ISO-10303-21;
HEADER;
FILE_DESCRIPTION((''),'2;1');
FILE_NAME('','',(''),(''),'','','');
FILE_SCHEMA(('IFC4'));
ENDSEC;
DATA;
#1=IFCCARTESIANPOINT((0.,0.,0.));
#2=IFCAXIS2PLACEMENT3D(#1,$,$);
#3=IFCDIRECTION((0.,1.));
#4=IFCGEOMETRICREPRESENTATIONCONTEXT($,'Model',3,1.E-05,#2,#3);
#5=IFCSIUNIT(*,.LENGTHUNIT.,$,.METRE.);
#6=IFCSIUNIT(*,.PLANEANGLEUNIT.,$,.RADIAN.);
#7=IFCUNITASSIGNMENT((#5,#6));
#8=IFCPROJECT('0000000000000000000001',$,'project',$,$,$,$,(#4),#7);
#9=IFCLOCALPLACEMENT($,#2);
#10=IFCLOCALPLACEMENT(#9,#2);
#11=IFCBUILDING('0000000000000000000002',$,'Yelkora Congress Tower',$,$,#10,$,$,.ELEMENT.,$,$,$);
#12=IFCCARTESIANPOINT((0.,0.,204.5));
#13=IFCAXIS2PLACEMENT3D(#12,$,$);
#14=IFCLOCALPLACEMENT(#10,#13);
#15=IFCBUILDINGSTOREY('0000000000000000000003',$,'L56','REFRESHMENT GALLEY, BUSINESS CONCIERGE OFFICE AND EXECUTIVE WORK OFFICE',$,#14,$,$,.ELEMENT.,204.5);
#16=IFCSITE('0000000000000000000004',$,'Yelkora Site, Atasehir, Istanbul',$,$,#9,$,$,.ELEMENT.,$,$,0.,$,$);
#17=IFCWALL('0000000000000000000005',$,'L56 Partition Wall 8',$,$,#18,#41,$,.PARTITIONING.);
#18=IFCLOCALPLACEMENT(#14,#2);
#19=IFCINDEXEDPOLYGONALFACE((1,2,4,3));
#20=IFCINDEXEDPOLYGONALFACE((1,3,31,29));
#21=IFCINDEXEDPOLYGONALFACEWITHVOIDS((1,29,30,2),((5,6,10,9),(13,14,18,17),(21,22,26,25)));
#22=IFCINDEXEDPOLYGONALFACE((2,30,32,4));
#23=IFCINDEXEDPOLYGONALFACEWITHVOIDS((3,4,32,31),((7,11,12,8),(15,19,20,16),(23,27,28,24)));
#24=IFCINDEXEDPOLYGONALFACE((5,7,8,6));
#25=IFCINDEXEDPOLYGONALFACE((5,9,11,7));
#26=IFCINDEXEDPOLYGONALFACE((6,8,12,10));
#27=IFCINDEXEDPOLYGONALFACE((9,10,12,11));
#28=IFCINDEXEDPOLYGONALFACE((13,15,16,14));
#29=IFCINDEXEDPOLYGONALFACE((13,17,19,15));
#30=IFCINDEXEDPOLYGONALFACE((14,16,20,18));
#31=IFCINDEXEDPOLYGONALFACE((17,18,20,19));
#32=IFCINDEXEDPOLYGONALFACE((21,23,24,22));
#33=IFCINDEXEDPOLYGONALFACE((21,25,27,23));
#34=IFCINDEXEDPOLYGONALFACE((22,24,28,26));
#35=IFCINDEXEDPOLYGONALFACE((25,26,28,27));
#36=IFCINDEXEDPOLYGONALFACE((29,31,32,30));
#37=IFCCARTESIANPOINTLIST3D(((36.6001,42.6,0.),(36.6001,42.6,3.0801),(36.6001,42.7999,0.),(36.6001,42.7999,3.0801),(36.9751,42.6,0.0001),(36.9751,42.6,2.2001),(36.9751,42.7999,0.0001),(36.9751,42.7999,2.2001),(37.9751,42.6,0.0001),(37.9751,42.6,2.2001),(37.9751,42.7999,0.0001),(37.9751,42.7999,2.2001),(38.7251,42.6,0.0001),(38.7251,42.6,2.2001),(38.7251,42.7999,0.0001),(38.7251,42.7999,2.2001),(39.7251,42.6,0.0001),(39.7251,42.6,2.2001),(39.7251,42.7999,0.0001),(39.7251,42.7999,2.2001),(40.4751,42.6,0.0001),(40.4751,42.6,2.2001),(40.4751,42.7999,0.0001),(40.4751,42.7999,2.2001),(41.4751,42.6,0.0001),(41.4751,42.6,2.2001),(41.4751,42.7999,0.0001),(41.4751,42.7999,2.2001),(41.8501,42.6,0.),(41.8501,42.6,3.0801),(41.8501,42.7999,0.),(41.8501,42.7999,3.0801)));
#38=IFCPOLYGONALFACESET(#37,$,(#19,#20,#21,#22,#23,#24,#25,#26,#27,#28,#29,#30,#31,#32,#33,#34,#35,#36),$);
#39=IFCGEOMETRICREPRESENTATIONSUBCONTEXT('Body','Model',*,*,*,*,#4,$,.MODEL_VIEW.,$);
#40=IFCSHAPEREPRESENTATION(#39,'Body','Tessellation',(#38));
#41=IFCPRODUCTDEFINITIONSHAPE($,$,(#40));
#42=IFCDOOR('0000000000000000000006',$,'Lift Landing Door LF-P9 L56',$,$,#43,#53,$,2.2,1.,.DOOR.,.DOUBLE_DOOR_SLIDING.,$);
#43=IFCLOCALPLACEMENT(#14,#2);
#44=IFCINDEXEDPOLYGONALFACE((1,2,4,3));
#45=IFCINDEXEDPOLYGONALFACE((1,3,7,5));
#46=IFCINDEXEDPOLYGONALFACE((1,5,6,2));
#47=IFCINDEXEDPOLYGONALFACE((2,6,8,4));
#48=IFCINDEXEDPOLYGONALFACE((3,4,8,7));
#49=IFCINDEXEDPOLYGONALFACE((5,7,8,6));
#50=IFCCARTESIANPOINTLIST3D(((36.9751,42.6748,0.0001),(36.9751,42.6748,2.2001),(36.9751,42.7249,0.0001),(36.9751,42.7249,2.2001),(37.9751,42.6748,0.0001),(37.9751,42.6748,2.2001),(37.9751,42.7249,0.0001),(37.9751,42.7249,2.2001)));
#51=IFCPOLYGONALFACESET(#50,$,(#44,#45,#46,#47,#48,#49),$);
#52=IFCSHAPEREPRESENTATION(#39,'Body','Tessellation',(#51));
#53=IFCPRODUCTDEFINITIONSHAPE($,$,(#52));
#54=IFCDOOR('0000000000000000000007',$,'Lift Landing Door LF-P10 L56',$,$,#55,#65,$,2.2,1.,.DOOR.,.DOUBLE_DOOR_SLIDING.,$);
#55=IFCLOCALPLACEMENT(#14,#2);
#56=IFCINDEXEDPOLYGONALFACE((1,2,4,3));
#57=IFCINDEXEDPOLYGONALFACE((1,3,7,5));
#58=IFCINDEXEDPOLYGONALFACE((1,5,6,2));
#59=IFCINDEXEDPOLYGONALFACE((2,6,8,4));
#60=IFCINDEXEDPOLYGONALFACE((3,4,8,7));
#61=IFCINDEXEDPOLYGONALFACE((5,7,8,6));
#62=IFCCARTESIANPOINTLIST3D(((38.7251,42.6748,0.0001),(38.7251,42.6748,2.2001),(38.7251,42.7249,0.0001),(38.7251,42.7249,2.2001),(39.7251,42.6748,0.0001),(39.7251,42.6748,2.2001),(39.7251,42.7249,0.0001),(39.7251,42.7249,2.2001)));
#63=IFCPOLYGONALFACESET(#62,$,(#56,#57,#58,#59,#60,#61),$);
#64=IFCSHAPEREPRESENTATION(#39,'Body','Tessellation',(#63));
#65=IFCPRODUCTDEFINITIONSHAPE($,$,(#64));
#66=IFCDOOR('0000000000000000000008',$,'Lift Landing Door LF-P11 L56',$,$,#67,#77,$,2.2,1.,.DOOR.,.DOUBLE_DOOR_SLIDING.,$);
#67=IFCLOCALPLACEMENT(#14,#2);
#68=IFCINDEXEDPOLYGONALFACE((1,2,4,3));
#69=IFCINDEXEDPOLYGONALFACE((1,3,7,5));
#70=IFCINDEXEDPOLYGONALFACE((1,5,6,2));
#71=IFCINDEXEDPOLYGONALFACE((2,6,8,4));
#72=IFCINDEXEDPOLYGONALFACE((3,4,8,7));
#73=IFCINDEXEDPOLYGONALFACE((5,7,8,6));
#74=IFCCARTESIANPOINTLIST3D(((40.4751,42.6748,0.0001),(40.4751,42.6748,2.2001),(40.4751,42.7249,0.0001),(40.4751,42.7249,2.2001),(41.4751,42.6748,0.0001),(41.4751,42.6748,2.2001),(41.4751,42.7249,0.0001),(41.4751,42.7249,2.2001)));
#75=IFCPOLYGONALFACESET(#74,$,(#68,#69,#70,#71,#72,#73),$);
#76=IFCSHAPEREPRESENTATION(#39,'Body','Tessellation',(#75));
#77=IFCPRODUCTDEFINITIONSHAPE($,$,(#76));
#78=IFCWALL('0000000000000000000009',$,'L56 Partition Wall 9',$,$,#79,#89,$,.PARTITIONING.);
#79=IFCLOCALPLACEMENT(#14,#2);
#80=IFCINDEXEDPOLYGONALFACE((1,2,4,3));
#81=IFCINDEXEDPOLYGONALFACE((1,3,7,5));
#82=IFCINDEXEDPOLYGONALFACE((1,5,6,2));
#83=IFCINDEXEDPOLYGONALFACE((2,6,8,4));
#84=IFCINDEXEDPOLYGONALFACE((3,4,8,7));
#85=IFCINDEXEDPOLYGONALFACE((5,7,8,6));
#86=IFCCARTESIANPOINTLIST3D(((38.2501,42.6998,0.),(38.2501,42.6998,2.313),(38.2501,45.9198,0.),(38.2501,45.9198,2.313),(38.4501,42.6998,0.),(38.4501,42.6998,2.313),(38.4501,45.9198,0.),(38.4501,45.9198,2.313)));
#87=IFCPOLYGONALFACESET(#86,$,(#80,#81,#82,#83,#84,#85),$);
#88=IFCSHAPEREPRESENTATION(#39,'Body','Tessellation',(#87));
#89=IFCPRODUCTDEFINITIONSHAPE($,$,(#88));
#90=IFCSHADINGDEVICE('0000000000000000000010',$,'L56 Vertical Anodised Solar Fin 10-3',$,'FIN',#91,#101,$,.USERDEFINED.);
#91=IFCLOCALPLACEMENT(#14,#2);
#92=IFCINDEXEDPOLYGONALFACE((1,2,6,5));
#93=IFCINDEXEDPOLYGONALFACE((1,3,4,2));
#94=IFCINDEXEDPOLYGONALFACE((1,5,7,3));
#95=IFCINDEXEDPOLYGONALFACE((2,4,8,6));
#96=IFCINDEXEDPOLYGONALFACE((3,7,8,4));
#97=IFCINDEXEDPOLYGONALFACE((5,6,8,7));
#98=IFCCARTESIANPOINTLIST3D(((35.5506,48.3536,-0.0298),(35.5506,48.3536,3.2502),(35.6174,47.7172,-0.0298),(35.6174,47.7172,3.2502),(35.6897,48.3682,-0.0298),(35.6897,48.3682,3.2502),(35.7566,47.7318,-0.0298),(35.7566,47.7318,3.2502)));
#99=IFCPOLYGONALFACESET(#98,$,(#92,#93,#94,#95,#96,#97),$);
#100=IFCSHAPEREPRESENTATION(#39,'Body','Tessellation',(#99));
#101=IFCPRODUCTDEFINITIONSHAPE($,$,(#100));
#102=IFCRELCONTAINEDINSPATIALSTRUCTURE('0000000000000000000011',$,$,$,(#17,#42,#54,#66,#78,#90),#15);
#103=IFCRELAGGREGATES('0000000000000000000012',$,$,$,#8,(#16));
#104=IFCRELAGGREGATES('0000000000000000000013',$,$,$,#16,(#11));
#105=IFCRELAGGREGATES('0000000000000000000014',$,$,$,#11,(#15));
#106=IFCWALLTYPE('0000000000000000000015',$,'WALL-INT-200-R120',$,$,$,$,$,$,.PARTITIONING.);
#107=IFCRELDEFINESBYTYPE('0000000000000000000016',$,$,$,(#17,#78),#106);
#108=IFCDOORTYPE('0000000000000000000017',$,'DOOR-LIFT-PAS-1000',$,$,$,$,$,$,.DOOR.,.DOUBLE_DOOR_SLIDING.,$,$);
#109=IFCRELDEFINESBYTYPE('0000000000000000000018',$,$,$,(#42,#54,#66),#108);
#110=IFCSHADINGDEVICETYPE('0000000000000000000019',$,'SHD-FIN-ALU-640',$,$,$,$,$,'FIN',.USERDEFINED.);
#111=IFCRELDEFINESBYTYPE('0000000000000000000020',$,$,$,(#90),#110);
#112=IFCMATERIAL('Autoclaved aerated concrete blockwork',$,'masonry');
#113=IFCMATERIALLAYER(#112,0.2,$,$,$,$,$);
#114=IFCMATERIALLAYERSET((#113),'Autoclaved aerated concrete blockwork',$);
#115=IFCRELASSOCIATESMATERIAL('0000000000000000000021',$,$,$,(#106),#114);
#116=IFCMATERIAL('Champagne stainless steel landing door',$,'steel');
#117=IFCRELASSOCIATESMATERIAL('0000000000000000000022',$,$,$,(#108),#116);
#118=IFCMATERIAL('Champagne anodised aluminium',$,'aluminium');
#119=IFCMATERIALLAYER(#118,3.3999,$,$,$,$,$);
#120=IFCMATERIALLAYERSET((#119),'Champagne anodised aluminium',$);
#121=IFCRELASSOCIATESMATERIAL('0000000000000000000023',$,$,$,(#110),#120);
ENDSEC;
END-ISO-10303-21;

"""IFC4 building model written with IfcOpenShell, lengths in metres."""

from ifc_helpers import new_model, si_unit, direction, frame, frame_2d, origin, origin_2d, place, context, subcontext, project, spatial, rectangle, extrude, material, layer, layer_set, type_object, element, fill, save


model = new_model("IFC4")

# Units and contexts
model_context = context("Model", 3, precision=1e-05, world=origin(), true_north=direction((0.0, 1.0)))
body_context = subcontext(model_context, "Body", "Model", "MODEL_VIEW")
ifc_project = project(units=[si_unit("LENGTHUNIT", "METRE"), si_unit("PLANEANGLEUNIT", "RADIAN")], contexts=[model_context])

# Site, building, storey
site_placement = place(None, origin())
site = spatial("IfcSite", under=ifc_project, at=site_placement, Name="Yelkora Site, Atasehir, Istanbul", CompositionType="ELEMENT", RefElevation=0.0)
building_placement = place(site_placement, origin())
building = spatial("IfcBuilding", under=site, at=building_placement, Name="Yelkora Congress Tower", CompositionType="ELEMENT")
storey_placement = place(building_placement, frame((0.0, 0.0, 204.5)))
storey = spatial("IfcBuildingStorey", under=building, at=storey_placement, Name="L56", Description="REFRESHMENT GALLEY, BUSINESS CONCIERGE OFFICE AND EXECUTIVE WORK OFFICE", CompositionType="ELEMENT", Elevation=204.5)

# Shared definitions
ifc_material_1 = material(Name="Autoclaved aerated concrete blockwork", Category="masonry")
ifc_layer_1 = layer(ifc_material_1, 0.2)
ifc_layer_set_1 = layer_set([ifc_layer_1], Name="Autoclaved aerated concrete blockwork")
wall_type_1 = type_object("IfcWallType", Name="WALL-INT-200-R120", PredefinedType="PARTITIONING", material=ifc_layer_set_1)

# Wall, openings, doors
wall_1_placement = place(storey_placement, frame((36.6001, 42.7, 0.0), z_axis=(0.0, 0.0, 1.0), x_axis=(1.0, 0.0, 0.0)))
wall_1 = element("IfcWall", 1, at=wall_1_placement, inside=storey, type_object=wall_type_1, Name="L56 Partition Wall 8", PredefinedType="PARTITIONING", context=body_context, shape_type="SweptSolid", body=[
    extrude(rectangle(XDim=5.25, YDim=0.2, at=frame_2d((2.625, 0.0))), origin(), (0.0, 0.0, 1.0), 3.0801),
])
opening_1_placement = place(wall_1_placement, frame((0.375, 0.0, 0.0)))
opening_1 = element("IfcOpeningElement", 2, at=opening_1_placement, cuts=wall_1, PredefinedType="OPENING", context=body_context, shape_type="SweptSolid", body=[
    extrude(rectangle(XDim=1.0, YDim=2.2, at=frame_2d((0.5, 1.1001))), frame((0.0, 0.1099, 0.0), z_axis=(0.0, -1.0, 0.0), x_axis=(1.0, 0.0, 0.0)), (0.0, 0.0, 1.0), 0.22),
])
opening_2_placement = place(wall_1_placement, frame((2.125, 0.0, 0.0)))
opening_2 = element("IfcOpeningElement", 3, at=opening_2_placement, cuts=wall_1, PredefinedType="OPENING", context=body_context, shape_type="SweptSolid", body=[
    extrude(rectangle(XDim=1.0, YDim=2.2, at=frame_2d((0.5, 1.1001))), frame((0.0, 0.1099, 0.0), z_axis=(0.0, -1.0, 0.0), x_axis=(1.0, 0.0, 0.0)), (0.0, 0.0, 1.0), 0.22),
])
opening_3_placement = place(wall_1_placement, frame((3.875, 0.0, 0.0)))
opening_3 = element("IfcOpeningElement", 4, at=opening_3_placement, cuts=wall_1, PredefinedType="OPENING", context=body_context, shape_type="SweptSolid", body=[
    extrude(rectangle(XDim=1.0, YDim=2.2, at=frame_2d((0.5, 1.1001))), frame((0.0, 0.1099, 0.0), z_axis=(0.0, -1.0, 0.0), x_axis=(1.0, 0.0, 0.0)), (0.0, 0.0, 1.0), 0.22),
])
ifc_material_2 = material(Name="Champagne stainless steel landing door", Category="steel")
door_type_1 = type_object("IfcDoorType", Name="DOOR-LIFT-PAS-1000", OperationType="DOUBLE_DOOR_SLIDING", PredefinedType="DOOR", material=ifc_material_2)
door_1_placement = place(opening_1_placement, origin())
door_1 = element("IfcDoor", 5, at=door_1_placement, inside=storey, type_object=door_type_1, Name="Lift Landing Door LF-P9 L56", OperationType="DOUBLE_DOOR_SLIDING", OverallHeight=2.2, OverallWidth=1.0, PredefinedType="DOOR", context=body_context, shape_type="SweptSolid", body=[
    extrude(rectangle(XDim=1.0, YDim=2.2, at=frame_2d((0.5, 1.1001))), frame((0.0, 0.0249, 0.0), z_axis=(0.0, -1.0, 0.0), x_axis=(1.0, 0.0, 0.0)), (0.0, 0.0, 1.0), 0.05),
])
fill(opening_1, door_1)
door_2_placement = place(opening_2_placement, origin())
door_2 = element("IfcDoor", 6, at=door_2_placement, inside=storey, type_object=door_type_1, Name="Lift Landing Door LF-P10 L56", OperationType="DOUBLE_DOOR_SLIDING", OverallHeight=2.2, OverallWidth=1.0, PredefinedType="DOOR", context=body_context, shape_type="SweptSolid", body=[
    extrude(rectangle(XDim=1.0, YDim=2.2, at=frame_2d((0.5, 1.1001))), frame((0.0, 0.0249, 0.0), z_axis=(0.0, -1.0, 0.0), x_axis=(1.0, 0.0, 0.0)), (0.0, 0.0, 1.0), 0.05),
])
fill(opening_2, door_2)
door_3_placement = place(opening_3_placement, origin())
door_3 = element("IfcDoor", 7, at=door_3_placement, inside=storey, type_object=door_type_1, Name="Lift Landing Door LF-P11 L56", OperationType="DOUBLE_DOOR_SLIDING", OverallHeight=2.2, OverallWidth=1.0, PredefinedType="DOOR", context=body_context, shape_type="SweptSolid", body=[
    extrude(rectangle(XDim=1.0, YDim=2.2, at=frame_2d((0.5, 1.1001))), frame((0.0, 0.0249, 0.0), z_axis=(0.0, -1.0, 0.0), x_axis=(1.0, 0.0, 0.0)), (0.0, 0.0, 1.0), 0.05),
])
fill(opening_3, door_3)

# Wall
wall_2_placement = place(storey_placement, frame((38.3501, 42.7, 0.0), z_axis=(0.0, 0.0, 1.0), x_axis=(0.0, 1.0, 0.0)))
element("IfcWall", 8, at=wall_2_placement, inside=storey, type_object=wall_type_1, Name="L56 Partition Wall 9", PredefinedType="PARTITIONING", context=body_context, shape_type="SweptSolid", body=[
    extrude(rectangle(XDim=3.22, YDim=0.2, at=frame_2d((1.6099, 0.0))), origin(), (0.0, 0.0, 1.0), 2.313),
])

# Shading device
ifc_material_3 = material(Name="Champagne anodised aluminium", Category="aluminium")
ifc_layer_2 = layer(ifc_material_3, 3.3999)
ifc_layer_set_2 = layer_set([ifc_layer_2], Name="Champagne anodised aluminium")
shading_device_type = type_object("IfcShadingDeviceType", Name="SHD-FIN-ALU-640", ElementType="FIN", PredefinedType="USERDEFINED", material=ifc_layer_set_2)
shading_device_placement = place(storey_placement, frame((35.6536, 48.0427, -0.0298), z_axis=(0.0, 0.0, 1.0), x_axis=(0.994522, 0.104528, 0.0)))
element("IfcShadingDevice", 9, at=shading_device_placement, inside=storey, type_object=shading_device_type, Name="L56 Vertical Anodised Solar Fin 10-3", ObjectType="FIN", PredefinedType="USERDEFINED", context=body_context, shape_type="SweptSolid", body=[
    extrude(rectangle(XDim=0.1399, YDim=0.6399, at=origin_2d()), origin(), (0.0, 0.0, 1.0), 3.28),
])

save(model, "model.ifc")
